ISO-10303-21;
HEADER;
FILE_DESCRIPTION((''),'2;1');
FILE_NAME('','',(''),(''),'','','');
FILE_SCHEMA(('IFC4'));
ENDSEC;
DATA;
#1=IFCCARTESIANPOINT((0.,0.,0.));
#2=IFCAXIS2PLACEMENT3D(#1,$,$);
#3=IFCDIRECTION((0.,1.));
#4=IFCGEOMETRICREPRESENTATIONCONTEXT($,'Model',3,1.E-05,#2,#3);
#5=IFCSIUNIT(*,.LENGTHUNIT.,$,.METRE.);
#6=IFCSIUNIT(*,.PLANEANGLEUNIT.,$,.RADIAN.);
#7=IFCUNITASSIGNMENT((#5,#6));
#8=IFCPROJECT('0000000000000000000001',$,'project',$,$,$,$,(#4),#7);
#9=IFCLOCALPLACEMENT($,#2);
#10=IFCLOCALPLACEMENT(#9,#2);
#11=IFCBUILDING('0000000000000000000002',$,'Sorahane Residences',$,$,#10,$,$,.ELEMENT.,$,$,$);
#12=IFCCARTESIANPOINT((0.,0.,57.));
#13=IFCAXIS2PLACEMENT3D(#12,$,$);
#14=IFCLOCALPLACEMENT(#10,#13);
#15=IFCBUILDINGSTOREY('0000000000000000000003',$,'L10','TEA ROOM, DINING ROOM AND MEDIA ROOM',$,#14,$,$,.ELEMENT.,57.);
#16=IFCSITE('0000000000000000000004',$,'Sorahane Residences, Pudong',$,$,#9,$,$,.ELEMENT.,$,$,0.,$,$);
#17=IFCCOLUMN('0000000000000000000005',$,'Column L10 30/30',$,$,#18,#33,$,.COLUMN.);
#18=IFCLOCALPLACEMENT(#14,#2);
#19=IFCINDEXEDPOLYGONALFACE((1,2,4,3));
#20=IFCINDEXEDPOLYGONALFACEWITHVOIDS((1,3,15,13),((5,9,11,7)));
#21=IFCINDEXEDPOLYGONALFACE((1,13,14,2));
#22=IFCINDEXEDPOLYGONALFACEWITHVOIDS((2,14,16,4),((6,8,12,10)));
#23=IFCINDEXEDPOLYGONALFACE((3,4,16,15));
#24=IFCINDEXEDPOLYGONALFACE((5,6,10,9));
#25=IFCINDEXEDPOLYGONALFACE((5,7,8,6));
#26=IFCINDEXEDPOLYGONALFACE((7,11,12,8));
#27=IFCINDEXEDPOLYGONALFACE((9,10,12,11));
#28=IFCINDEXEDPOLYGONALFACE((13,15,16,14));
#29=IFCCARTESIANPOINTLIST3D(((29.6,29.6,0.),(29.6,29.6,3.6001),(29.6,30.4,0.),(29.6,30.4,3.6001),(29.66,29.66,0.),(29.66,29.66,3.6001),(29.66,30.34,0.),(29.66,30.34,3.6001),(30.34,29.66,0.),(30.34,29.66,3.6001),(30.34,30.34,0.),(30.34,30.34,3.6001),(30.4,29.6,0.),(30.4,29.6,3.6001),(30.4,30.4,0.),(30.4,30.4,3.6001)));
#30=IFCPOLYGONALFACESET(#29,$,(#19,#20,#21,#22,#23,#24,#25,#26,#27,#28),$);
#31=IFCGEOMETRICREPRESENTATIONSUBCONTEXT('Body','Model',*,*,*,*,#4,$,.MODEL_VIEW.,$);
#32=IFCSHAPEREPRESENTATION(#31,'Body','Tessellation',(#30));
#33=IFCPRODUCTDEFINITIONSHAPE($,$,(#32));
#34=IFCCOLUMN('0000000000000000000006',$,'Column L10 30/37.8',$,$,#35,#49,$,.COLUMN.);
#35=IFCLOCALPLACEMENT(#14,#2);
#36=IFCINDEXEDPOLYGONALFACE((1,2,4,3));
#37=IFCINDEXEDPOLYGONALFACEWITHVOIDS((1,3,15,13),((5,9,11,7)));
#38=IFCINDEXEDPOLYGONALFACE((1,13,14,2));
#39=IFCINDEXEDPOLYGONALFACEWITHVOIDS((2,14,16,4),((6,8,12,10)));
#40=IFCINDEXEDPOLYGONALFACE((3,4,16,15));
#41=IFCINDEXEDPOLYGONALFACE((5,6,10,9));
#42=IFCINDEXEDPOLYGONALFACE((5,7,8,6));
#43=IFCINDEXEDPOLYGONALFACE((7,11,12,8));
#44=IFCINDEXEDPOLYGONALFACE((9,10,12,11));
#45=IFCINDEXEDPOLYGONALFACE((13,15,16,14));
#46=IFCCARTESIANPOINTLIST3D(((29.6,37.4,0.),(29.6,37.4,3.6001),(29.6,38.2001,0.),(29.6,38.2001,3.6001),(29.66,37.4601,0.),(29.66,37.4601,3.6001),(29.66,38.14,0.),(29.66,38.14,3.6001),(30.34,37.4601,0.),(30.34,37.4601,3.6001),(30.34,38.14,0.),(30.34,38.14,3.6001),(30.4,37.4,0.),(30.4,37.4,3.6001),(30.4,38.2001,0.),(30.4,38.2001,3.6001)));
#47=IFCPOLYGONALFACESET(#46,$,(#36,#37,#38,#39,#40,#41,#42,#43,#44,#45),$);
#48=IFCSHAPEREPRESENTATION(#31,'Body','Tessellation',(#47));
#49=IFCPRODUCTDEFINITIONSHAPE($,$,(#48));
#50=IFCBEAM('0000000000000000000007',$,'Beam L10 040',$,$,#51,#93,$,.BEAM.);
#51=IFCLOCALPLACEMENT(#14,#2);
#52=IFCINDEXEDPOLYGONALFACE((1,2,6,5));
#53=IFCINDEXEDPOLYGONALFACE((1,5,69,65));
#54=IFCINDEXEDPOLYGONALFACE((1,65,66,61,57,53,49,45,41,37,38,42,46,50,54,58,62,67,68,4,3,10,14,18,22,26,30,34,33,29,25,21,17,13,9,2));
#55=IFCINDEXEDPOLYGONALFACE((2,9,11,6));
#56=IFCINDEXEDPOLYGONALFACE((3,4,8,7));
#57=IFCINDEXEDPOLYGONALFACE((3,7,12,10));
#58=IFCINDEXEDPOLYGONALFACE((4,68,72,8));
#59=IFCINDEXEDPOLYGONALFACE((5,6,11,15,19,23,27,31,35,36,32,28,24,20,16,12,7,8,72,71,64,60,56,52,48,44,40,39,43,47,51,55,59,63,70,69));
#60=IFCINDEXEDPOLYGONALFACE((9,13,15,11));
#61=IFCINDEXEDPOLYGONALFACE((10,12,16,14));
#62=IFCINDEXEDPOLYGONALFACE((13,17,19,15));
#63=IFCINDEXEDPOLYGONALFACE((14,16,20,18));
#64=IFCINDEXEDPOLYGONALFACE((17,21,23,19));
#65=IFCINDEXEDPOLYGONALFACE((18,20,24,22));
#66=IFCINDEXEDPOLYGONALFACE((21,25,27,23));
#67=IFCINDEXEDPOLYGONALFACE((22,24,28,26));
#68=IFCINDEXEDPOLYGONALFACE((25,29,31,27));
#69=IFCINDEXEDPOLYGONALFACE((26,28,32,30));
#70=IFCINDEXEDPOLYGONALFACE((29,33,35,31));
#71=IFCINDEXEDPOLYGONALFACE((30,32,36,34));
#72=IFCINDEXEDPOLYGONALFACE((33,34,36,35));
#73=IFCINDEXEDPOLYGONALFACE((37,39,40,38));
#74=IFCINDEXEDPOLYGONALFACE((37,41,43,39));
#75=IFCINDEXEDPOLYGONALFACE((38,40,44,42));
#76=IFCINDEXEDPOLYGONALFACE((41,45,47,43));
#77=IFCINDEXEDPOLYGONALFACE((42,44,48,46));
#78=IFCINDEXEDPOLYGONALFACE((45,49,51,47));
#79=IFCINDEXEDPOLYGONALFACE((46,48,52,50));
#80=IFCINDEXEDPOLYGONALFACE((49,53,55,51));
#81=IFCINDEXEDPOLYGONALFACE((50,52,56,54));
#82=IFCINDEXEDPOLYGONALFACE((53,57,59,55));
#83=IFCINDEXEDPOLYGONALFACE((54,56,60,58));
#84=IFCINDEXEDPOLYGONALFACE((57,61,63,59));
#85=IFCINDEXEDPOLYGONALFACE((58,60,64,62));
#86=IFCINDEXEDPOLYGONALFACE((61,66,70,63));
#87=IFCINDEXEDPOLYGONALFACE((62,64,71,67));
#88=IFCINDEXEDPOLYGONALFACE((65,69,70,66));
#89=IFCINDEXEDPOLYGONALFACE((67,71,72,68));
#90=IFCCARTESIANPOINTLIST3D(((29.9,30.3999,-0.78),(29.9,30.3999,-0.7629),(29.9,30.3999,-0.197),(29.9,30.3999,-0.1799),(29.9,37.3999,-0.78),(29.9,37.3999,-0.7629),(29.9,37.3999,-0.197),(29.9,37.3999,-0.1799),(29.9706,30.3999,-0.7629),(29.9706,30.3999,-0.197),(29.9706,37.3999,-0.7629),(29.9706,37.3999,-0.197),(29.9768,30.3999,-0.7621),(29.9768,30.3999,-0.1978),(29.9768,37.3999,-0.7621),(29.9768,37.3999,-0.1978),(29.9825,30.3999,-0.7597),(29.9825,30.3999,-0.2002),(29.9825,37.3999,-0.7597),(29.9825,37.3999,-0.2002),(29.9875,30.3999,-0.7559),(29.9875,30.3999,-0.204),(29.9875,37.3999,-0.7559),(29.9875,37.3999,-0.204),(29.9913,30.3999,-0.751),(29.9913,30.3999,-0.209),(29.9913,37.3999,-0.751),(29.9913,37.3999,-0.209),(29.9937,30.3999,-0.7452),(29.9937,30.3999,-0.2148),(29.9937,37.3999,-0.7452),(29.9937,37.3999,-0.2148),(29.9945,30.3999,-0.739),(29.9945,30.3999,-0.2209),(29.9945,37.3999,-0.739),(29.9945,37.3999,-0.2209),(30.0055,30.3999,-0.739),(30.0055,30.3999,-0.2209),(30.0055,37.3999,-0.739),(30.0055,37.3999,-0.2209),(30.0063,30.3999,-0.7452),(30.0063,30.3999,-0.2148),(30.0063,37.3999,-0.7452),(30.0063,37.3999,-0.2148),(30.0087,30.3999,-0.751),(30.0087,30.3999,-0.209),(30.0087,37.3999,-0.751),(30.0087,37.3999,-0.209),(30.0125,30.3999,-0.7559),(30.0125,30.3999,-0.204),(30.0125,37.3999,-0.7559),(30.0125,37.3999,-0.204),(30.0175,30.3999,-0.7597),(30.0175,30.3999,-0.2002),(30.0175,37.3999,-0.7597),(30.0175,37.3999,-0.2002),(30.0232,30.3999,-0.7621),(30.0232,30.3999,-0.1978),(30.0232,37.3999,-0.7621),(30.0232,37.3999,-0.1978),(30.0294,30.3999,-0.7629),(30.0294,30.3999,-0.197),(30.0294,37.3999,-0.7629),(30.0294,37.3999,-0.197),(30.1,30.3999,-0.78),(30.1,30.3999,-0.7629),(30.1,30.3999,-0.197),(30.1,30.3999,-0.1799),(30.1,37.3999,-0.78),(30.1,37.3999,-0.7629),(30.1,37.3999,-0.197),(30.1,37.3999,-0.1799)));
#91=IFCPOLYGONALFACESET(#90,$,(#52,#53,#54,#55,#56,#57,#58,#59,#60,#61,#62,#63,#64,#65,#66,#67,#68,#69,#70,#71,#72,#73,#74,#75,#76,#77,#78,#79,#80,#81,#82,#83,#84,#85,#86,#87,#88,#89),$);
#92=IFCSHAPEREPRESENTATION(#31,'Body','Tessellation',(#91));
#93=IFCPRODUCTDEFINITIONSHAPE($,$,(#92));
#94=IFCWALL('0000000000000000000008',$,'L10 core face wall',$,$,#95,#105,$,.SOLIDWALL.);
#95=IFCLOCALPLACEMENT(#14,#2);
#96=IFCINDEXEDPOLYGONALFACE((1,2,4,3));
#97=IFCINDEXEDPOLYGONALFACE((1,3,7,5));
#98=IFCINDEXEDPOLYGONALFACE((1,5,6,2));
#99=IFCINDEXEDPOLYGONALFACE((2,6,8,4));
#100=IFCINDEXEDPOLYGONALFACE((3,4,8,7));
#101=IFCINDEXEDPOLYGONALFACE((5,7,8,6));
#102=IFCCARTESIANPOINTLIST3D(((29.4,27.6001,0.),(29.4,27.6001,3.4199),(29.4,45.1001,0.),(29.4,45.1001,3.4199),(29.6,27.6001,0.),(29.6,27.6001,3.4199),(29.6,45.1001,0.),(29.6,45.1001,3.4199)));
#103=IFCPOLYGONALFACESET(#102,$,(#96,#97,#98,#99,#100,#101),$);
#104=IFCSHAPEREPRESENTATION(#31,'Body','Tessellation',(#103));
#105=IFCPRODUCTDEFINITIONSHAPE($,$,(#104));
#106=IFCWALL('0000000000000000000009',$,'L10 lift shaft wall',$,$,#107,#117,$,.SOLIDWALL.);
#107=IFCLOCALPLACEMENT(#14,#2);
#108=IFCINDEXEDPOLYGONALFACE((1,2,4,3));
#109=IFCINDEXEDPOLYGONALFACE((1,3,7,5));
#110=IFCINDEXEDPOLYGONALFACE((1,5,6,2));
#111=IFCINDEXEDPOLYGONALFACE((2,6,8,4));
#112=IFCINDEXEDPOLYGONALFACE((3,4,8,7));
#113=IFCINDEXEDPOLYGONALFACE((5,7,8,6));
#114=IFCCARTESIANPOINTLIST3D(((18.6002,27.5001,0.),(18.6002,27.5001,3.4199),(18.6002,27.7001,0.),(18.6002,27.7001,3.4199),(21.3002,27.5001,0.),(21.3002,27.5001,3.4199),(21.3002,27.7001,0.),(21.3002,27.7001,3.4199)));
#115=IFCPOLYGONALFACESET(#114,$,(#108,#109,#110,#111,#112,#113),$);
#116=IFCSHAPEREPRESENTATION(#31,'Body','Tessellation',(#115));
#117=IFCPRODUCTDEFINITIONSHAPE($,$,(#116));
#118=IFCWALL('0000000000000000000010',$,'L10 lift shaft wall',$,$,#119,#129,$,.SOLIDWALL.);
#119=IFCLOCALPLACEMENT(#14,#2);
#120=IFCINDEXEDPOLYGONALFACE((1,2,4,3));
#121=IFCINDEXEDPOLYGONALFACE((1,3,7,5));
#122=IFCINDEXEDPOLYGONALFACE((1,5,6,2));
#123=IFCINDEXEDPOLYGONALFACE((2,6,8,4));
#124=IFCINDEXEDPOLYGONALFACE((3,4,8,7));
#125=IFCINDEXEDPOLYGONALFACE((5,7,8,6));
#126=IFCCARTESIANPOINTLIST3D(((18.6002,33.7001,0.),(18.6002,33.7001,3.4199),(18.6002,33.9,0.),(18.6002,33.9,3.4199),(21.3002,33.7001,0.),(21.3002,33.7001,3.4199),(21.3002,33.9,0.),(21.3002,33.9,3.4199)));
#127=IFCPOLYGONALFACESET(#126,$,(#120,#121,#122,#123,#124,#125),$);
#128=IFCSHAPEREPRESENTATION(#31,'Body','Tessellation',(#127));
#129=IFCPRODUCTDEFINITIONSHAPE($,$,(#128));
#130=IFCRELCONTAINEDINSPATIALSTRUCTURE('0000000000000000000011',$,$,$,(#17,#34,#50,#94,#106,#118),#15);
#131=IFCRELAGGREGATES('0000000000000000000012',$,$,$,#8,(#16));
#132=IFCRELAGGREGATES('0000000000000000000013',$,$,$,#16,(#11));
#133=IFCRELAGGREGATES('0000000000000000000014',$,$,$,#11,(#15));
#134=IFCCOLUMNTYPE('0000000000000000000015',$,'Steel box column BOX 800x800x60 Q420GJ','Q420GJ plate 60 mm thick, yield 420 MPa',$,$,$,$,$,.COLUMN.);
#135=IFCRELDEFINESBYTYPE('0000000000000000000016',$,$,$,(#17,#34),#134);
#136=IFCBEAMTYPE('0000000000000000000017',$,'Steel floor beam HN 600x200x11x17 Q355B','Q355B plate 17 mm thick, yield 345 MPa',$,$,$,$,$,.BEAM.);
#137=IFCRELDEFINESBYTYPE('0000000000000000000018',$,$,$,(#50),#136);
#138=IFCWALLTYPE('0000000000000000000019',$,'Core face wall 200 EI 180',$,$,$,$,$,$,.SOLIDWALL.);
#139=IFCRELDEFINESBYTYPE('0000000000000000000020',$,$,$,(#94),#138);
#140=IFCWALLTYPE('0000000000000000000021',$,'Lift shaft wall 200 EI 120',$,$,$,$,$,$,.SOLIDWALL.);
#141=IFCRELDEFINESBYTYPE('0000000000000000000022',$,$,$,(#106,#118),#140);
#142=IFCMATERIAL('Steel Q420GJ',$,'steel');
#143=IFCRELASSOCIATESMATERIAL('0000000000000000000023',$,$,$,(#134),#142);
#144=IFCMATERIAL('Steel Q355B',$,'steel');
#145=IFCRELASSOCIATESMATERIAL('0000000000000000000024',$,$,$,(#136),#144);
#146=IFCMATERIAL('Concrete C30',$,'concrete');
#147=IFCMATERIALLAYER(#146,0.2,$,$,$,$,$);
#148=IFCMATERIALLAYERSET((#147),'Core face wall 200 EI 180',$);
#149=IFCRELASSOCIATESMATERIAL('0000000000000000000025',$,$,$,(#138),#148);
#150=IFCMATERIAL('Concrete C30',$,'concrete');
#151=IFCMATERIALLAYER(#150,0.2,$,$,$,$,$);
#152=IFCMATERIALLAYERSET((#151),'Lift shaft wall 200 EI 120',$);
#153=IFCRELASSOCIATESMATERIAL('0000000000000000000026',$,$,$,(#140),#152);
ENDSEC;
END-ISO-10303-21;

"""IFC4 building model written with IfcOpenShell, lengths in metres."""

from ifc_helpers import new_model, si_unit, direction, frame, frame_2d, origin, origin_2d, place, context, subcontext, project, spatial, rectangle, hollow_rectangle, i_section, extrude, material, layer, layer_set, material_profile, profile_set, type_object, element, save


model = new_model("IFC4")

# Units and contexts
model_context = context("Model", 3, precision=1e-05, world=origin(), true_north=direction((0.0, 1.0)))
body_context = subcontext(model_context, "Body", "Model", "MODEL_VIEW")
ifc_project = project(units=[si_unit("LENGTHUNIT", "METRE"), si_unit("PLANEANGLEUNIT", "RADIAN")], contexts=[model_context])

# Site, building, storey
site_placement = place(None, origin())
site = spatial("IfcSite", under=ifc_project, at=site_placement, Name="Sorahane Residences, Pudong", CompositionType="ELEMENT", RefElevation=0.0)
building_placement = place(site_placement, origin())
building = spatial("IfcBuilding", under=site, at=building_placement, Name="Sorahane Residences", CompositionType="ELEMENT")
storey_placement = place(building_placement, frame((0.0, 0.0, 57.0)))
storey = spatial("IfcBuildingStorey", under=building, at=storey_placement, Name="L10", Description="TEA ROOM, DINING ROOM AND MEDIA ROOM", CompositionType="ELEMENT", Elevation=57.0)

# Columns
ifc_material_1 = material(Name="Steel Q420GJ", Category="steel")
ifc_material_profile_1 = material_profile(ifc_material_1, hollow_rectangle(XDim=0.8, YDim=0.8, WallThickness=0.0601, at=origin_2d()), Name="BOX 800x800x60")
ifc_profile_set_1 = profile_set([ifc_material_profile_1], Name="Steel Q420GJ")
column_type = type_object("IfcColumnType", Name="Steel box column BOX 800x800x60 Q420GJ", Description="Q420GJ plate 60 mm thick, yield 420 MPa", PredefinedType="COLUMN", material=ifc_profile_set_1)
for number, where, z_axis, x_axis, name in (
    (1, (30.0, 30.0, 0.0), (0.0, 0.0, 1.0), (1.0, 0.0, 0.0), "Column L10 30/30"),
    (2, (30.0, 37.8, 0.0), (0.0, 0.0, 1.0), (1.0, 0.0, 0.0), "Column L10 30/37.8"),
):
    element("IfcColumn", number, at=place(storey_placement, frame(where, z_axis=z_axis, x_axis=x_axis)), inside=storey, type_object=column_type, Name=name, PredefinedType="COLUMN", context=body_context, shape_type="SweptSolid", body=[
        extrude(hollow_rectangle(XDim=0.8, YDim=0.8, WallThickness=0.0601, at=origin_2d()), origin(), (0.0, 0.0, 1.0), 3.6001),
    ])

# Beam
ifc_material_2 = material(Name="Steel Q355B", Category="steel")
ifc_material_profile_2 = material_profile(ifc_material_2, i_section(OverallWidth=0.2, OverallDepth=0.6001, WebThickness=0.011, FlangeThickness=0.0171, FilletRadius=0.0239, at=origin_2d()), Name="HN 600x200x11x17")
ifc_profile_set_2 = profile_set([ifc_material_profile_2], Name="Steel Q355B")
beam_type = type_object("IfcBeamType", Name="Steel floor beam HN 600x200x11x17 Q355B", Description="Q355B plate 17 mm thick, yield 345 MPa", PredefinedType="BEAM", material=ifc_profile_set_2)
beam_placement = place(storey_placement, frame((30.0, 30.3999, -0.48), z_axis=(0.0, 1.0, 0.0), x_axis=(-1.0, 0.0, 0.0)))
element("IfcBeam", 3, at=beam_placement, inside=storey, type_object=beam_type, Name="Beam L10 040", PredefinedType="BEAM", context=body_context, shape_type="SweptSolid", body=[
    extrude(i_section(OverallWidth=0.2, OverallDepth=0.6001, WebThickness=0.011, FlangeThickness=0.0171, FilletRadius=0.0239, at=origin_2d()), origin(), (0.0, 0.0, 1.0), 7.0),
])

# Walls
ifc_material_3 = material(Name="Concrete C30", Category="concrete")
ifc_layer_1 = layer(ifc_material_3, 0.2)
ifc_layer_set_1 = layer_set([ifc_layer_1], Name="Core face wall 200 EI 180")
wall_type_1 = type_object("IfcWallType", Name="Core face wall 200 EI 180", PredefinedType="SOLIDWALL", material=ifc_layer_set_1)
wall_1_placement = place(storey_placement, frame((29.5, 27.6001, 0.0), z_axis=(0.0, 0.0, 1.0), x_axis=(0.0, 1.0, 0.0)))
element("IfcWall", 4, at=wall_1_placement, inside=storey, type_object=wall_type_1, Name="L10 core face wall", PredefinedType="SOLIDWALL", context=body_context, shape_type="SweptSolid", body=[
    extrude(rectangle(XDim=17.5, YDim=0.2, at=frame_2d((8.75, 0.0))), origin(), (0.0, 0.0, 1.0), 3.4199),
])
ifc_material_4 = material(Name="Concrete C30", Category="concrete")
ifc_layer_2 = layer(ifc_material_4, 0.2)
ifc_layer_set_2 = layer_set([ifc_layer_2], Name="Lift shaft wall 200 EI 120")
wall_type_2 = type_object("IfcWallType", Name="Lift shaft wall 200 EI 120", PredefinedType="SOLIDWALL", material=ifc_layer_set_2)
for number, where, z_axis, x_axis, name in (
    (5, (18.6001, 27.6001, 0.0), (0.0, 0.0, 1.0), (1.0, 0.0, 0.0), "L10 lift shaft wall"),
    (6, (18.6001, 33.8, 0.0), (0.0, 0.0, 1.0), (1.0, 0.0, 0.0), "L10 lift shaft wall"),
):
    element("IfcWall", number, at=place(storey_placement, frame(where, z_axis=z_axis, x_axis=x_axis)), inside=storey, type_object=wall_type_2, Name=name, PredefinedType="SOLIDWALL", context=body_context, shape_type="SweptSolid", body=[
        extrude(rectangle(XDim=2.7, YDim=0.2, at=frame_2d((1.3501, 0.0))), origin(), (0.0, 0.0, 1.0), 3.4199),
    ])

save(model, "model.ifc")
